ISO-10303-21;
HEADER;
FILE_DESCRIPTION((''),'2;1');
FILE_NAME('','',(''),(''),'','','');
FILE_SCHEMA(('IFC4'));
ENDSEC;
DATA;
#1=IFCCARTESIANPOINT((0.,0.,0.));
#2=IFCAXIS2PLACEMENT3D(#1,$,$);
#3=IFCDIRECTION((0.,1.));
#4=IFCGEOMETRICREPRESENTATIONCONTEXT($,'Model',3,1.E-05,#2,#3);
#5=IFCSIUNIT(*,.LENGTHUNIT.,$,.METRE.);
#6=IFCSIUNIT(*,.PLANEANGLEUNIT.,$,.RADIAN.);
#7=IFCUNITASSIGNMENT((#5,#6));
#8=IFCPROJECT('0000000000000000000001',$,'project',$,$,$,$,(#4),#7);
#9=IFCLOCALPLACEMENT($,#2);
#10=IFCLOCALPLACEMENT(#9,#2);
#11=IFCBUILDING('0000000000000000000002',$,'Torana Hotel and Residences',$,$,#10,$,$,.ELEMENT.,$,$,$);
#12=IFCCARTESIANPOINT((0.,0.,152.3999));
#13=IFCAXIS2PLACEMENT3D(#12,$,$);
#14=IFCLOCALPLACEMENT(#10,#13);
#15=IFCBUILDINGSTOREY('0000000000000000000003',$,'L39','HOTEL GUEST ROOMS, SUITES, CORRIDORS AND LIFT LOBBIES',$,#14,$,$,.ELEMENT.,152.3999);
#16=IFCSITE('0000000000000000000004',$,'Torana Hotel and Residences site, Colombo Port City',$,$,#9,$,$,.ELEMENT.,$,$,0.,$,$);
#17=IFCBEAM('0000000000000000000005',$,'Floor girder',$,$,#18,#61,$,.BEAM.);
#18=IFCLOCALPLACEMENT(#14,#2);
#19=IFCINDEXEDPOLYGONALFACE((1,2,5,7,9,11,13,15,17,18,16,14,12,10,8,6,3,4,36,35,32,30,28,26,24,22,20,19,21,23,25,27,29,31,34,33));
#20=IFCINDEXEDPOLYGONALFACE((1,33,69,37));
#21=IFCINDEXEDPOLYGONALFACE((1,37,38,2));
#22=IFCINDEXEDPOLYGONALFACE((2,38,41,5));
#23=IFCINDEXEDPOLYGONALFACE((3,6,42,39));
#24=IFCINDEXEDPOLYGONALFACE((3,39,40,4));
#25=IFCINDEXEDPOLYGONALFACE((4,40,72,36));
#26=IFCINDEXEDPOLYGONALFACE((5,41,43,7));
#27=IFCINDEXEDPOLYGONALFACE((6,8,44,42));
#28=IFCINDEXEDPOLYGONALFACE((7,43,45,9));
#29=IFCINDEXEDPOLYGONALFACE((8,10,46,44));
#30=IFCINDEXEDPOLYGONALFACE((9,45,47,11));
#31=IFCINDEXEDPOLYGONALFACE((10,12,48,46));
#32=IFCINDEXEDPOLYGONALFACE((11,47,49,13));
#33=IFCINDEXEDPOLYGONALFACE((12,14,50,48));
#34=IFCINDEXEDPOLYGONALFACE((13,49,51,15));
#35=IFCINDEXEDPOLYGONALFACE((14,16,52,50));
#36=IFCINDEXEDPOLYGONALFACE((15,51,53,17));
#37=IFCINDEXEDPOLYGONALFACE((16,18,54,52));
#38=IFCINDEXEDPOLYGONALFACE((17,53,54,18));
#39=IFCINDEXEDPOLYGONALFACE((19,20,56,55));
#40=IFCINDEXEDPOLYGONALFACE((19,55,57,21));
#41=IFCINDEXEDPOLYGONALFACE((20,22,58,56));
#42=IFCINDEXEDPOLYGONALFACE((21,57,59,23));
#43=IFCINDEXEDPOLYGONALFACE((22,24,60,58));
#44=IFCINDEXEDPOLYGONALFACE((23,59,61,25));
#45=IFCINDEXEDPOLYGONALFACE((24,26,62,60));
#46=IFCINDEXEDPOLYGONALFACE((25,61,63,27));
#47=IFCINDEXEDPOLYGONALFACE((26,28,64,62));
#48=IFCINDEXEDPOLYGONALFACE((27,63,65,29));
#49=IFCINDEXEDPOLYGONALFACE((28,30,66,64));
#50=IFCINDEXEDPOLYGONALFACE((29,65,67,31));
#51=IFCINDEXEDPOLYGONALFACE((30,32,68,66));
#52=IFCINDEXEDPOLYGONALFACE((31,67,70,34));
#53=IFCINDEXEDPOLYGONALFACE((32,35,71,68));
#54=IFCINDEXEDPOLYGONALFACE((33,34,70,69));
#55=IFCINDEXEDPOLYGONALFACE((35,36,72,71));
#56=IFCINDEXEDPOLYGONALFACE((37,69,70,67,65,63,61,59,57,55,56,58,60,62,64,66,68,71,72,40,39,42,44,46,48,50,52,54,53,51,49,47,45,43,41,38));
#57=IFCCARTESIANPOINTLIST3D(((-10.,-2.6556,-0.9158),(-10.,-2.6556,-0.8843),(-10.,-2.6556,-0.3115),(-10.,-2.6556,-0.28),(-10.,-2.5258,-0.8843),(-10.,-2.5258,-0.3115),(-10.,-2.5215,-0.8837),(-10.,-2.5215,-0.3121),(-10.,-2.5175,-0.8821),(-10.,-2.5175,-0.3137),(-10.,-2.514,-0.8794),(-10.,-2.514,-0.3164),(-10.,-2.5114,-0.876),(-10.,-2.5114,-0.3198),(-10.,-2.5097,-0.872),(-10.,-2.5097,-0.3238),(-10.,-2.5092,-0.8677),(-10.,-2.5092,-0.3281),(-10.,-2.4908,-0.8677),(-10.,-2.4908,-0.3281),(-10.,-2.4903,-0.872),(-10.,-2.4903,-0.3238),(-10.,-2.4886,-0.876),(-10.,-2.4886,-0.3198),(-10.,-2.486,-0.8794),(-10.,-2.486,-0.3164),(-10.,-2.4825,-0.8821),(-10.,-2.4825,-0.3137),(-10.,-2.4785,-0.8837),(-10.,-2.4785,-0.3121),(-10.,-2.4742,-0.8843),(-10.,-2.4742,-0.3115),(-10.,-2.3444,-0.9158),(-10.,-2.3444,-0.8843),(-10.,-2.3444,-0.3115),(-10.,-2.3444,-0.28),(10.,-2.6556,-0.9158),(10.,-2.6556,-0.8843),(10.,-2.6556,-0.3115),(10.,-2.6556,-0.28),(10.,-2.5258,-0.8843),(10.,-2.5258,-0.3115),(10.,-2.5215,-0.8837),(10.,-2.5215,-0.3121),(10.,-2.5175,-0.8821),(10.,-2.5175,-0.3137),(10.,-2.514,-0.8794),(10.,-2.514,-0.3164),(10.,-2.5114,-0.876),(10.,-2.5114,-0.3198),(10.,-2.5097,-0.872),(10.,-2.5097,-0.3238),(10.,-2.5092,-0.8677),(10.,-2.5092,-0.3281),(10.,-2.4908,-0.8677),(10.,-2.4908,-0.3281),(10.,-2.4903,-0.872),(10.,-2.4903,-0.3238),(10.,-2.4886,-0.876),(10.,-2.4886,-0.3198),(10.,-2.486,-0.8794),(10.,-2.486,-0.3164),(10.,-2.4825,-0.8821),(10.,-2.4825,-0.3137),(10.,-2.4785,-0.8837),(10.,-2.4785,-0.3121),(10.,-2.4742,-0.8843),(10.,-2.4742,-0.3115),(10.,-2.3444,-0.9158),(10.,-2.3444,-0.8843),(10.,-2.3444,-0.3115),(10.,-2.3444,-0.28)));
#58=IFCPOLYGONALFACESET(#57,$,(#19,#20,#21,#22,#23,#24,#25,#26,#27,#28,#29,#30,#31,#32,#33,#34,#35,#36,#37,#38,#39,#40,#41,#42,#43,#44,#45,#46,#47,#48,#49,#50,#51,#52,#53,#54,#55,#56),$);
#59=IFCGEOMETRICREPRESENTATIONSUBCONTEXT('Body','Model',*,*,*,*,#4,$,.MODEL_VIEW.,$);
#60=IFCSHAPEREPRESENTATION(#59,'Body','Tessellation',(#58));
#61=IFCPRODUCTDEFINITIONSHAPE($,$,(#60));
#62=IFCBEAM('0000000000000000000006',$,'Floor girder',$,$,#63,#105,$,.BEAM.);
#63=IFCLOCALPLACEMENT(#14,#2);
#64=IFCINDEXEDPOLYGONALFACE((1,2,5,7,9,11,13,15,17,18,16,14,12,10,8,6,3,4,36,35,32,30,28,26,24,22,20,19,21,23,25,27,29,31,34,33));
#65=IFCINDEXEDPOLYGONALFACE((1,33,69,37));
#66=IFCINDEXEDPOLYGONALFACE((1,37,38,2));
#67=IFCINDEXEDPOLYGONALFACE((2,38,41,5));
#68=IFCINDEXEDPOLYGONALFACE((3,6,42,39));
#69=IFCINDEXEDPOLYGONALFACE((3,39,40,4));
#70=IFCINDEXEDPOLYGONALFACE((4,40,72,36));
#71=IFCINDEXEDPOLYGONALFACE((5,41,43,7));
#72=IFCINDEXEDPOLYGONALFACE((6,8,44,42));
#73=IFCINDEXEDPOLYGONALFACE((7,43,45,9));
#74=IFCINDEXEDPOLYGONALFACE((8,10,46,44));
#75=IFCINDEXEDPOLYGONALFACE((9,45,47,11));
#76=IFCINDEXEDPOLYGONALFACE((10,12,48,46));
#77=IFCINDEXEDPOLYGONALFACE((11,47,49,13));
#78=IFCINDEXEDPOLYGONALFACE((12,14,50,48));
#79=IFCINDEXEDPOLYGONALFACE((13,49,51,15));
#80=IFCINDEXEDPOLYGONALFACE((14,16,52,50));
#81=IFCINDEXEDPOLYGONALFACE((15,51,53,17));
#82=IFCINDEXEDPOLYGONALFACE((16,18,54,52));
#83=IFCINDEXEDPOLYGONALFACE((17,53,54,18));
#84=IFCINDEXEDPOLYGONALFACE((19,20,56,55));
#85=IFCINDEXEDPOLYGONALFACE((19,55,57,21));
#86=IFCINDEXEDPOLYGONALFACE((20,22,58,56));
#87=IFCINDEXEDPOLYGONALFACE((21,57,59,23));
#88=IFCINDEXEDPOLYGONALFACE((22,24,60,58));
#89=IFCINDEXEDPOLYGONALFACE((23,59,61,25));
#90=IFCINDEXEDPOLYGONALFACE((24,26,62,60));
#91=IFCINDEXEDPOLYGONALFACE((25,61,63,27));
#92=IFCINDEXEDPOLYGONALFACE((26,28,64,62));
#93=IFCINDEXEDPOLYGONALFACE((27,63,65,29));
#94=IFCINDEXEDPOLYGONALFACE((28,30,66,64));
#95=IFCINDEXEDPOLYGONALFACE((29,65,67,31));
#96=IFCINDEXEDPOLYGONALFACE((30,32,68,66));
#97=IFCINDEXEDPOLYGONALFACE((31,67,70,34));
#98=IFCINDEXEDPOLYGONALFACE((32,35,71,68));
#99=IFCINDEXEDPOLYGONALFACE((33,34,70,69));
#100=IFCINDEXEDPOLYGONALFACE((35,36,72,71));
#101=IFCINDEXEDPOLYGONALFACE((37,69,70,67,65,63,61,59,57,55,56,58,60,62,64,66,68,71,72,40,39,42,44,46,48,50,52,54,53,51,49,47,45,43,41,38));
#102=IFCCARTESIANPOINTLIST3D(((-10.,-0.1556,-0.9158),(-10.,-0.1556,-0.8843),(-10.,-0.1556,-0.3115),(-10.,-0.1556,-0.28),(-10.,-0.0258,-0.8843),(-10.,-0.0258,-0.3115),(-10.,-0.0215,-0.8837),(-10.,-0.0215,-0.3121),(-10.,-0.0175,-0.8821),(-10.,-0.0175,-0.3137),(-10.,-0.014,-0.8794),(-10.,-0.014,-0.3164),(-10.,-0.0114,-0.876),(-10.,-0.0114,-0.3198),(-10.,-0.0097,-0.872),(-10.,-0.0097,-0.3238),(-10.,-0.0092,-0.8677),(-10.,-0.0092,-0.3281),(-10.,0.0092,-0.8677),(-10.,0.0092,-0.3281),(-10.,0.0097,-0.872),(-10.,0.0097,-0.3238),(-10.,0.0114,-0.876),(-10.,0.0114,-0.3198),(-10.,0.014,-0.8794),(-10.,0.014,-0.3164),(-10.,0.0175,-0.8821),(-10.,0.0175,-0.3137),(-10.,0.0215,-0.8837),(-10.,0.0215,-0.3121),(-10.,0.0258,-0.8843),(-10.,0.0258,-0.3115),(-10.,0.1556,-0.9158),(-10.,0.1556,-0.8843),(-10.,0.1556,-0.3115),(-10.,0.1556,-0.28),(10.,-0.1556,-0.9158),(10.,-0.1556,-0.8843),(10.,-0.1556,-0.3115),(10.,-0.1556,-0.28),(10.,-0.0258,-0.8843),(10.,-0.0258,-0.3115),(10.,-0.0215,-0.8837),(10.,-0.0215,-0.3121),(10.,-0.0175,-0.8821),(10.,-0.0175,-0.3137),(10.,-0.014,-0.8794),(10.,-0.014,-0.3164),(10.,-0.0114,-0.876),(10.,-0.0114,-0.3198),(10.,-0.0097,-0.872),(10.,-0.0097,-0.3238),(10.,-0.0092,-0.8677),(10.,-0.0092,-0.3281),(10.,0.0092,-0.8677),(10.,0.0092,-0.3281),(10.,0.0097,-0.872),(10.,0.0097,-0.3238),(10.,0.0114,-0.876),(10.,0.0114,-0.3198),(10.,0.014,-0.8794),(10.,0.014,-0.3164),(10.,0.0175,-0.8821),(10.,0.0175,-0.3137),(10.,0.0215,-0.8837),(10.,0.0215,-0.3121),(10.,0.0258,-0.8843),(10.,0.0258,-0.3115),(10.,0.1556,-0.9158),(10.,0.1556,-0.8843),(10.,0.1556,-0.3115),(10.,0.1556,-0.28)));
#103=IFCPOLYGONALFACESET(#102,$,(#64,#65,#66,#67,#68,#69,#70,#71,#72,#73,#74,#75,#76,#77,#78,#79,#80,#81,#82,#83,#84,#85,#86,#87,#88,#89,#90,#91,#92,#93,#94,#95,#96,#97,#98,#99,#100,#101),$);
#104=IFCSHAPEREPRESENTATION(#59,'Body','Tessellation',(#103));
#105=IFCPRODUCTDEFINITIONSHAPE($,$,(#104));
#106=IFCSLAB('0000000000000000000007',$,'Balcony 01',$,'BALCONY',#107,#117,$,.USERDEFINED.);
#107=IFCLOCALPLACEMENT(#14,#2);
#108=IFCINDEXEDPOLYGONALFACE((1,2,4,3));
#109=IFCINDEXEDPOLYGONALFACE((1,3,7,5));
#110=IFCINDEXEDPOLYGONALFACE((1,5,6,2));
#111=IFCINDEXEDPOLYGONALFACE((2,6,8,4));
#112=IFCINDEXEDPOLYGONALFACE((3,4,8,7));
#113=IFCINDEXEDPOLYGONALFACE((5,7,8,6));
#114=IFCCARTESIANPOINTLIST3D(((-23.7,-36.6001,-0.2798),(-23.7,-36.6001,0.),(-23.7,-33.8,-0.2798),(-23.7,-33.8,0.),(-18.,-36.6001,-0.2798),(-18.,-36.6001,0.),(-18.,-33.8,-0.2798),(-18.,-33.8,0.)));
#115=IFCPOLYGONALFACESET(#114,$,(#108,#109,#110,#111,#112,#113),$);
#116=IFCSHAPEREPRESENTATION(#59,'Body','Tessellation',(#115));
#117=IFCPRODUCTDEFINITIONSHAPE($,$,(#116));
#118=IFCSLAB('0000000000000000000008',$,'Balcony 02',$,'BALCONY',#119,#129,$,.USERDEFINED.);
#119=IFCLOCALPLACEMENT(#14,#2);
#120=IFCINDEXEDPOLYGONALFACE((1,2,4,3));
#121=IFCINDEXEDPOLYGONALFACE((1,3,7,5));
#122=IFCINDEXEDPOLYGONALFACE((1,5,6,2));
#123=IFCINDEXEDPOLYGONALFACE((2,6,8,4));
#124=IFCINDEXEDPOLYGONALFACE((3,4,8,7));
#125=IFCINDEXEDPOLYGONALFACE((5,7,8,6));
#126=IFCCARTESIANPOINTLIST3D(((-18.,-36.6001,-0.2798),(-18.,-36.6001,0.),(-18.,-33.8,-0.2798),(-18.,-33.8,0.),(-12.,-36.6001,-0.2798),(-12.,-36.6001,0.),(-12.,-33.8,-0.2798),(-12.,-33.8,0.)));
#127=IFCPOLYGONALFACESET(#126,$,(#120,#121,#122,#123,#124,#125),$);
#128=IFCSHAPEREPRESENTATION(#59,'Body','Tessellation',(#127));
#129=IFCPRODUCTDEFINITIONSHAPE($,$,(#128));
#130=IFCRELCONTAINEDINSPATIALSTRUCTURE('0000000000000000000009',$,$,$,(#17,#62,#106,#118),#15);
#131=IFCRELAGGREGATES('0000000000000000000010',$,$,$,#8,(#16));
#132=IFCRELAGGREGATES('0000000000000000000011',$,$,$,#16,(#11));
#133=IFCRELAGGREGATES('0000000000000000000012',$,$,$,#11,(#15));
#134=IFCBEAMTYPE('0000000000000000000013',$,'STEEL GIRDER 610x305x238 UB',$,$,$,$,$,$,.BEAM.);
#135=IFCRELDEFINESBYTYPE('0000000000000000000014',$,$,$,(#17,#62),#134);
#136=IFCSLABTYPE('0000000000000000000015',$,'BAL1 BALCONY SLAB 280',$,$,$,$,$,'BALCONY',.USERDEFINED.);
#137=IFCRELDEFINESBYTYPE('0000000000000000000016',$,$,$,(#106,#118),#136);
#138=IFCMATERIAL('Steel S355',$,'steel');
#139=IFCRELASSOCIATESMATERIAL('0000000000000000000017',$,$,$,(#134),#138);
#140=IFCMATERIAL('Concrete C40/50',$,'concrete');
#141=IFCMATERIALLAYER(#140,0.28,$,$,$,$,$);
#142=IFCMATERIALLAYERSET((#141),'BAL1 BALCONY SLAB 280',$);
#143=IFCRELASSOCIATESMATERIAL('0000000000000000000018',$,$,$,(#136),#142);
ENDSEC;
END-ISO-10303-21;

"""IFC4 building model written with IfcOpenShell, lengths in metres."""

from ifc_helpers import new_model, si_unit, direction, frame, origin, origin_2d, place, context, subcontext, project, spatial, polyline, i_section, outline, extrude, material, layer, layer_set, material_profile, profile_set, type_object, element, save


model = new_model("IFC4")

# Units and contexts
model_context = context("Model", 3, precision=1e-05, world=origin(), true_north=direction((0.0, 1.0)))
body_context = subcontext(model_context, "Body", "Model", "MODEL_VIEW")
ifc_project = project(units=[si_unit("LENGTHUNIT", "METRE"), si_unit("PLANEANGLEUNIT", "RADIAN")], contexts=[model_context])

# Site, building, storey
site_placement = place(None, origin())
site = spatial("IfcSite", under=ifc_project, at=site_placement, Name="Torana Hotel and Residences site, Colombo Port City", CompositionType="ELEMENT", RefElevation=0.0)
building_placement = place(site_placement, origin())
building = spatial("IfcBuilding", under=site, at=building_placement, Name="Torana Hotel and Residences", CompositionType="ELEMENT")
storey_placement = place(building_placement, frame((0.0, 0.0, 152.3999)))
storey = spatial("IfcBuildingStorey", under=building, at=storey_placement, Name="L39", Description="HOTEL GUEST ROOMS, SUITES, CORRIDORS AND LIFT LOBBIES", CompositionType="ELEMENT", Elevation=152.3999)

# Beams
ifc_material_1 = material(Name="Steel S355", Category="steel")
ifc_material_profile = material_profile(ifc_material_1, i_section(OverallWidth=0.3113, OverallDepth=0.6357, WebThickness=0.0183, FlangeThickness=0.0315, FilletRadius=0.0166, at=origin_2d()), Name="610x305x238 UB")
ifc_profile_set = profile_set([ifc_material_profile], Name="Steel S355")
beam_type = type_object("IfcBeamType", Name="STEEL GIRDER 610x305x238 UB", PredefinedType="BEAM", material=ifc_profile_set)
for number, where, z_axis, x_axis, name in (
    (1, (-10.0, -2.5, -0.5979), (1.0, 0.0, 0.0), (0.0, 1.0, 0.0), "Floor girder"),
    (2, (-10.0, 0.0, -0.5979), (1.0, 0.0, 0.0), (0.0, 1.0, 0.0), "Floor girder"),
):
    element("IfcBeam", number, at=place(storey_placement, frame(where, z_axis=z_axis, x_axis=x_axis)), inside=storey, type_object=beam_type, Name=name, PredefinedType="BEAM", context=body_context, shape_type="SweptSolid", body=[
        extrude(i_section(OverallWidth=0.3113, OverallDepth=0.6357, WebThickness=0.0183, FlangeThickness=0.0315, FilletRadius=0.0166, at=origin_2d()), origin(), (0.0, 0.0, 1.0), 20.0),
    ])

# Slabs
ifc_material_2 = material(Name="Concrete C40/50", Category="concrete")
ifc_layer_1 = layer(ifc_material_2, 0.28)
ifc_layer_set_1 = layer_set([ifc_layer_1], Name="BAL1 BALCONY SLAB 280")
slab_type_1 = type_object("IfcSlabType", Name="BAL1 BALCONY SLAB 280", ElementType="BALCONY", PredefinedType="USERDEFINED", material=ifc_layer_set_1)
slab_1_placement = place(storey_placement, frame((0.0, 0.0, -0.2798)))
element("IfcSlab", 3, at=slab_1_placement, inside=storey, type_object=slab_type_1, Name="Balcony 01", ObjectType="BALCONY", PredefinedType="USERDEFINED", context=body_context, shape_type="SweptSolid", body=[
    extrude(outline(polyline([(-23.7, -36.6001), (-18.0, -36.6001), (-18.0, -33.8), (-23.7, -33.8), (-23.7, -36.6001)])), origin(), (0.0, 0.0, 1.0), 0.2798),
])
slab_2_placement = place(storey_placement, frame((0.0, 0.0, -0.2798)))
element("IfcSlab", 4, at=slab_2_placement, inside=storey, type_object=slab_type_1, Name="Balcony 02", ObjectType="BALCONY", PredefinedType="USERDEFINED", context=body_context, shape_type="SweptSolid", body=[
    extrude(outline(polyline([(-18.0, -36.6001), (-12.0, -36.6001), (-12.0, -33.8), (-18.0, -33.8), (-18.0, -36.6001)])), origin(), (0.0, 0.0, 1.0), 0.2798),
])

save(model, "model.ifc")
